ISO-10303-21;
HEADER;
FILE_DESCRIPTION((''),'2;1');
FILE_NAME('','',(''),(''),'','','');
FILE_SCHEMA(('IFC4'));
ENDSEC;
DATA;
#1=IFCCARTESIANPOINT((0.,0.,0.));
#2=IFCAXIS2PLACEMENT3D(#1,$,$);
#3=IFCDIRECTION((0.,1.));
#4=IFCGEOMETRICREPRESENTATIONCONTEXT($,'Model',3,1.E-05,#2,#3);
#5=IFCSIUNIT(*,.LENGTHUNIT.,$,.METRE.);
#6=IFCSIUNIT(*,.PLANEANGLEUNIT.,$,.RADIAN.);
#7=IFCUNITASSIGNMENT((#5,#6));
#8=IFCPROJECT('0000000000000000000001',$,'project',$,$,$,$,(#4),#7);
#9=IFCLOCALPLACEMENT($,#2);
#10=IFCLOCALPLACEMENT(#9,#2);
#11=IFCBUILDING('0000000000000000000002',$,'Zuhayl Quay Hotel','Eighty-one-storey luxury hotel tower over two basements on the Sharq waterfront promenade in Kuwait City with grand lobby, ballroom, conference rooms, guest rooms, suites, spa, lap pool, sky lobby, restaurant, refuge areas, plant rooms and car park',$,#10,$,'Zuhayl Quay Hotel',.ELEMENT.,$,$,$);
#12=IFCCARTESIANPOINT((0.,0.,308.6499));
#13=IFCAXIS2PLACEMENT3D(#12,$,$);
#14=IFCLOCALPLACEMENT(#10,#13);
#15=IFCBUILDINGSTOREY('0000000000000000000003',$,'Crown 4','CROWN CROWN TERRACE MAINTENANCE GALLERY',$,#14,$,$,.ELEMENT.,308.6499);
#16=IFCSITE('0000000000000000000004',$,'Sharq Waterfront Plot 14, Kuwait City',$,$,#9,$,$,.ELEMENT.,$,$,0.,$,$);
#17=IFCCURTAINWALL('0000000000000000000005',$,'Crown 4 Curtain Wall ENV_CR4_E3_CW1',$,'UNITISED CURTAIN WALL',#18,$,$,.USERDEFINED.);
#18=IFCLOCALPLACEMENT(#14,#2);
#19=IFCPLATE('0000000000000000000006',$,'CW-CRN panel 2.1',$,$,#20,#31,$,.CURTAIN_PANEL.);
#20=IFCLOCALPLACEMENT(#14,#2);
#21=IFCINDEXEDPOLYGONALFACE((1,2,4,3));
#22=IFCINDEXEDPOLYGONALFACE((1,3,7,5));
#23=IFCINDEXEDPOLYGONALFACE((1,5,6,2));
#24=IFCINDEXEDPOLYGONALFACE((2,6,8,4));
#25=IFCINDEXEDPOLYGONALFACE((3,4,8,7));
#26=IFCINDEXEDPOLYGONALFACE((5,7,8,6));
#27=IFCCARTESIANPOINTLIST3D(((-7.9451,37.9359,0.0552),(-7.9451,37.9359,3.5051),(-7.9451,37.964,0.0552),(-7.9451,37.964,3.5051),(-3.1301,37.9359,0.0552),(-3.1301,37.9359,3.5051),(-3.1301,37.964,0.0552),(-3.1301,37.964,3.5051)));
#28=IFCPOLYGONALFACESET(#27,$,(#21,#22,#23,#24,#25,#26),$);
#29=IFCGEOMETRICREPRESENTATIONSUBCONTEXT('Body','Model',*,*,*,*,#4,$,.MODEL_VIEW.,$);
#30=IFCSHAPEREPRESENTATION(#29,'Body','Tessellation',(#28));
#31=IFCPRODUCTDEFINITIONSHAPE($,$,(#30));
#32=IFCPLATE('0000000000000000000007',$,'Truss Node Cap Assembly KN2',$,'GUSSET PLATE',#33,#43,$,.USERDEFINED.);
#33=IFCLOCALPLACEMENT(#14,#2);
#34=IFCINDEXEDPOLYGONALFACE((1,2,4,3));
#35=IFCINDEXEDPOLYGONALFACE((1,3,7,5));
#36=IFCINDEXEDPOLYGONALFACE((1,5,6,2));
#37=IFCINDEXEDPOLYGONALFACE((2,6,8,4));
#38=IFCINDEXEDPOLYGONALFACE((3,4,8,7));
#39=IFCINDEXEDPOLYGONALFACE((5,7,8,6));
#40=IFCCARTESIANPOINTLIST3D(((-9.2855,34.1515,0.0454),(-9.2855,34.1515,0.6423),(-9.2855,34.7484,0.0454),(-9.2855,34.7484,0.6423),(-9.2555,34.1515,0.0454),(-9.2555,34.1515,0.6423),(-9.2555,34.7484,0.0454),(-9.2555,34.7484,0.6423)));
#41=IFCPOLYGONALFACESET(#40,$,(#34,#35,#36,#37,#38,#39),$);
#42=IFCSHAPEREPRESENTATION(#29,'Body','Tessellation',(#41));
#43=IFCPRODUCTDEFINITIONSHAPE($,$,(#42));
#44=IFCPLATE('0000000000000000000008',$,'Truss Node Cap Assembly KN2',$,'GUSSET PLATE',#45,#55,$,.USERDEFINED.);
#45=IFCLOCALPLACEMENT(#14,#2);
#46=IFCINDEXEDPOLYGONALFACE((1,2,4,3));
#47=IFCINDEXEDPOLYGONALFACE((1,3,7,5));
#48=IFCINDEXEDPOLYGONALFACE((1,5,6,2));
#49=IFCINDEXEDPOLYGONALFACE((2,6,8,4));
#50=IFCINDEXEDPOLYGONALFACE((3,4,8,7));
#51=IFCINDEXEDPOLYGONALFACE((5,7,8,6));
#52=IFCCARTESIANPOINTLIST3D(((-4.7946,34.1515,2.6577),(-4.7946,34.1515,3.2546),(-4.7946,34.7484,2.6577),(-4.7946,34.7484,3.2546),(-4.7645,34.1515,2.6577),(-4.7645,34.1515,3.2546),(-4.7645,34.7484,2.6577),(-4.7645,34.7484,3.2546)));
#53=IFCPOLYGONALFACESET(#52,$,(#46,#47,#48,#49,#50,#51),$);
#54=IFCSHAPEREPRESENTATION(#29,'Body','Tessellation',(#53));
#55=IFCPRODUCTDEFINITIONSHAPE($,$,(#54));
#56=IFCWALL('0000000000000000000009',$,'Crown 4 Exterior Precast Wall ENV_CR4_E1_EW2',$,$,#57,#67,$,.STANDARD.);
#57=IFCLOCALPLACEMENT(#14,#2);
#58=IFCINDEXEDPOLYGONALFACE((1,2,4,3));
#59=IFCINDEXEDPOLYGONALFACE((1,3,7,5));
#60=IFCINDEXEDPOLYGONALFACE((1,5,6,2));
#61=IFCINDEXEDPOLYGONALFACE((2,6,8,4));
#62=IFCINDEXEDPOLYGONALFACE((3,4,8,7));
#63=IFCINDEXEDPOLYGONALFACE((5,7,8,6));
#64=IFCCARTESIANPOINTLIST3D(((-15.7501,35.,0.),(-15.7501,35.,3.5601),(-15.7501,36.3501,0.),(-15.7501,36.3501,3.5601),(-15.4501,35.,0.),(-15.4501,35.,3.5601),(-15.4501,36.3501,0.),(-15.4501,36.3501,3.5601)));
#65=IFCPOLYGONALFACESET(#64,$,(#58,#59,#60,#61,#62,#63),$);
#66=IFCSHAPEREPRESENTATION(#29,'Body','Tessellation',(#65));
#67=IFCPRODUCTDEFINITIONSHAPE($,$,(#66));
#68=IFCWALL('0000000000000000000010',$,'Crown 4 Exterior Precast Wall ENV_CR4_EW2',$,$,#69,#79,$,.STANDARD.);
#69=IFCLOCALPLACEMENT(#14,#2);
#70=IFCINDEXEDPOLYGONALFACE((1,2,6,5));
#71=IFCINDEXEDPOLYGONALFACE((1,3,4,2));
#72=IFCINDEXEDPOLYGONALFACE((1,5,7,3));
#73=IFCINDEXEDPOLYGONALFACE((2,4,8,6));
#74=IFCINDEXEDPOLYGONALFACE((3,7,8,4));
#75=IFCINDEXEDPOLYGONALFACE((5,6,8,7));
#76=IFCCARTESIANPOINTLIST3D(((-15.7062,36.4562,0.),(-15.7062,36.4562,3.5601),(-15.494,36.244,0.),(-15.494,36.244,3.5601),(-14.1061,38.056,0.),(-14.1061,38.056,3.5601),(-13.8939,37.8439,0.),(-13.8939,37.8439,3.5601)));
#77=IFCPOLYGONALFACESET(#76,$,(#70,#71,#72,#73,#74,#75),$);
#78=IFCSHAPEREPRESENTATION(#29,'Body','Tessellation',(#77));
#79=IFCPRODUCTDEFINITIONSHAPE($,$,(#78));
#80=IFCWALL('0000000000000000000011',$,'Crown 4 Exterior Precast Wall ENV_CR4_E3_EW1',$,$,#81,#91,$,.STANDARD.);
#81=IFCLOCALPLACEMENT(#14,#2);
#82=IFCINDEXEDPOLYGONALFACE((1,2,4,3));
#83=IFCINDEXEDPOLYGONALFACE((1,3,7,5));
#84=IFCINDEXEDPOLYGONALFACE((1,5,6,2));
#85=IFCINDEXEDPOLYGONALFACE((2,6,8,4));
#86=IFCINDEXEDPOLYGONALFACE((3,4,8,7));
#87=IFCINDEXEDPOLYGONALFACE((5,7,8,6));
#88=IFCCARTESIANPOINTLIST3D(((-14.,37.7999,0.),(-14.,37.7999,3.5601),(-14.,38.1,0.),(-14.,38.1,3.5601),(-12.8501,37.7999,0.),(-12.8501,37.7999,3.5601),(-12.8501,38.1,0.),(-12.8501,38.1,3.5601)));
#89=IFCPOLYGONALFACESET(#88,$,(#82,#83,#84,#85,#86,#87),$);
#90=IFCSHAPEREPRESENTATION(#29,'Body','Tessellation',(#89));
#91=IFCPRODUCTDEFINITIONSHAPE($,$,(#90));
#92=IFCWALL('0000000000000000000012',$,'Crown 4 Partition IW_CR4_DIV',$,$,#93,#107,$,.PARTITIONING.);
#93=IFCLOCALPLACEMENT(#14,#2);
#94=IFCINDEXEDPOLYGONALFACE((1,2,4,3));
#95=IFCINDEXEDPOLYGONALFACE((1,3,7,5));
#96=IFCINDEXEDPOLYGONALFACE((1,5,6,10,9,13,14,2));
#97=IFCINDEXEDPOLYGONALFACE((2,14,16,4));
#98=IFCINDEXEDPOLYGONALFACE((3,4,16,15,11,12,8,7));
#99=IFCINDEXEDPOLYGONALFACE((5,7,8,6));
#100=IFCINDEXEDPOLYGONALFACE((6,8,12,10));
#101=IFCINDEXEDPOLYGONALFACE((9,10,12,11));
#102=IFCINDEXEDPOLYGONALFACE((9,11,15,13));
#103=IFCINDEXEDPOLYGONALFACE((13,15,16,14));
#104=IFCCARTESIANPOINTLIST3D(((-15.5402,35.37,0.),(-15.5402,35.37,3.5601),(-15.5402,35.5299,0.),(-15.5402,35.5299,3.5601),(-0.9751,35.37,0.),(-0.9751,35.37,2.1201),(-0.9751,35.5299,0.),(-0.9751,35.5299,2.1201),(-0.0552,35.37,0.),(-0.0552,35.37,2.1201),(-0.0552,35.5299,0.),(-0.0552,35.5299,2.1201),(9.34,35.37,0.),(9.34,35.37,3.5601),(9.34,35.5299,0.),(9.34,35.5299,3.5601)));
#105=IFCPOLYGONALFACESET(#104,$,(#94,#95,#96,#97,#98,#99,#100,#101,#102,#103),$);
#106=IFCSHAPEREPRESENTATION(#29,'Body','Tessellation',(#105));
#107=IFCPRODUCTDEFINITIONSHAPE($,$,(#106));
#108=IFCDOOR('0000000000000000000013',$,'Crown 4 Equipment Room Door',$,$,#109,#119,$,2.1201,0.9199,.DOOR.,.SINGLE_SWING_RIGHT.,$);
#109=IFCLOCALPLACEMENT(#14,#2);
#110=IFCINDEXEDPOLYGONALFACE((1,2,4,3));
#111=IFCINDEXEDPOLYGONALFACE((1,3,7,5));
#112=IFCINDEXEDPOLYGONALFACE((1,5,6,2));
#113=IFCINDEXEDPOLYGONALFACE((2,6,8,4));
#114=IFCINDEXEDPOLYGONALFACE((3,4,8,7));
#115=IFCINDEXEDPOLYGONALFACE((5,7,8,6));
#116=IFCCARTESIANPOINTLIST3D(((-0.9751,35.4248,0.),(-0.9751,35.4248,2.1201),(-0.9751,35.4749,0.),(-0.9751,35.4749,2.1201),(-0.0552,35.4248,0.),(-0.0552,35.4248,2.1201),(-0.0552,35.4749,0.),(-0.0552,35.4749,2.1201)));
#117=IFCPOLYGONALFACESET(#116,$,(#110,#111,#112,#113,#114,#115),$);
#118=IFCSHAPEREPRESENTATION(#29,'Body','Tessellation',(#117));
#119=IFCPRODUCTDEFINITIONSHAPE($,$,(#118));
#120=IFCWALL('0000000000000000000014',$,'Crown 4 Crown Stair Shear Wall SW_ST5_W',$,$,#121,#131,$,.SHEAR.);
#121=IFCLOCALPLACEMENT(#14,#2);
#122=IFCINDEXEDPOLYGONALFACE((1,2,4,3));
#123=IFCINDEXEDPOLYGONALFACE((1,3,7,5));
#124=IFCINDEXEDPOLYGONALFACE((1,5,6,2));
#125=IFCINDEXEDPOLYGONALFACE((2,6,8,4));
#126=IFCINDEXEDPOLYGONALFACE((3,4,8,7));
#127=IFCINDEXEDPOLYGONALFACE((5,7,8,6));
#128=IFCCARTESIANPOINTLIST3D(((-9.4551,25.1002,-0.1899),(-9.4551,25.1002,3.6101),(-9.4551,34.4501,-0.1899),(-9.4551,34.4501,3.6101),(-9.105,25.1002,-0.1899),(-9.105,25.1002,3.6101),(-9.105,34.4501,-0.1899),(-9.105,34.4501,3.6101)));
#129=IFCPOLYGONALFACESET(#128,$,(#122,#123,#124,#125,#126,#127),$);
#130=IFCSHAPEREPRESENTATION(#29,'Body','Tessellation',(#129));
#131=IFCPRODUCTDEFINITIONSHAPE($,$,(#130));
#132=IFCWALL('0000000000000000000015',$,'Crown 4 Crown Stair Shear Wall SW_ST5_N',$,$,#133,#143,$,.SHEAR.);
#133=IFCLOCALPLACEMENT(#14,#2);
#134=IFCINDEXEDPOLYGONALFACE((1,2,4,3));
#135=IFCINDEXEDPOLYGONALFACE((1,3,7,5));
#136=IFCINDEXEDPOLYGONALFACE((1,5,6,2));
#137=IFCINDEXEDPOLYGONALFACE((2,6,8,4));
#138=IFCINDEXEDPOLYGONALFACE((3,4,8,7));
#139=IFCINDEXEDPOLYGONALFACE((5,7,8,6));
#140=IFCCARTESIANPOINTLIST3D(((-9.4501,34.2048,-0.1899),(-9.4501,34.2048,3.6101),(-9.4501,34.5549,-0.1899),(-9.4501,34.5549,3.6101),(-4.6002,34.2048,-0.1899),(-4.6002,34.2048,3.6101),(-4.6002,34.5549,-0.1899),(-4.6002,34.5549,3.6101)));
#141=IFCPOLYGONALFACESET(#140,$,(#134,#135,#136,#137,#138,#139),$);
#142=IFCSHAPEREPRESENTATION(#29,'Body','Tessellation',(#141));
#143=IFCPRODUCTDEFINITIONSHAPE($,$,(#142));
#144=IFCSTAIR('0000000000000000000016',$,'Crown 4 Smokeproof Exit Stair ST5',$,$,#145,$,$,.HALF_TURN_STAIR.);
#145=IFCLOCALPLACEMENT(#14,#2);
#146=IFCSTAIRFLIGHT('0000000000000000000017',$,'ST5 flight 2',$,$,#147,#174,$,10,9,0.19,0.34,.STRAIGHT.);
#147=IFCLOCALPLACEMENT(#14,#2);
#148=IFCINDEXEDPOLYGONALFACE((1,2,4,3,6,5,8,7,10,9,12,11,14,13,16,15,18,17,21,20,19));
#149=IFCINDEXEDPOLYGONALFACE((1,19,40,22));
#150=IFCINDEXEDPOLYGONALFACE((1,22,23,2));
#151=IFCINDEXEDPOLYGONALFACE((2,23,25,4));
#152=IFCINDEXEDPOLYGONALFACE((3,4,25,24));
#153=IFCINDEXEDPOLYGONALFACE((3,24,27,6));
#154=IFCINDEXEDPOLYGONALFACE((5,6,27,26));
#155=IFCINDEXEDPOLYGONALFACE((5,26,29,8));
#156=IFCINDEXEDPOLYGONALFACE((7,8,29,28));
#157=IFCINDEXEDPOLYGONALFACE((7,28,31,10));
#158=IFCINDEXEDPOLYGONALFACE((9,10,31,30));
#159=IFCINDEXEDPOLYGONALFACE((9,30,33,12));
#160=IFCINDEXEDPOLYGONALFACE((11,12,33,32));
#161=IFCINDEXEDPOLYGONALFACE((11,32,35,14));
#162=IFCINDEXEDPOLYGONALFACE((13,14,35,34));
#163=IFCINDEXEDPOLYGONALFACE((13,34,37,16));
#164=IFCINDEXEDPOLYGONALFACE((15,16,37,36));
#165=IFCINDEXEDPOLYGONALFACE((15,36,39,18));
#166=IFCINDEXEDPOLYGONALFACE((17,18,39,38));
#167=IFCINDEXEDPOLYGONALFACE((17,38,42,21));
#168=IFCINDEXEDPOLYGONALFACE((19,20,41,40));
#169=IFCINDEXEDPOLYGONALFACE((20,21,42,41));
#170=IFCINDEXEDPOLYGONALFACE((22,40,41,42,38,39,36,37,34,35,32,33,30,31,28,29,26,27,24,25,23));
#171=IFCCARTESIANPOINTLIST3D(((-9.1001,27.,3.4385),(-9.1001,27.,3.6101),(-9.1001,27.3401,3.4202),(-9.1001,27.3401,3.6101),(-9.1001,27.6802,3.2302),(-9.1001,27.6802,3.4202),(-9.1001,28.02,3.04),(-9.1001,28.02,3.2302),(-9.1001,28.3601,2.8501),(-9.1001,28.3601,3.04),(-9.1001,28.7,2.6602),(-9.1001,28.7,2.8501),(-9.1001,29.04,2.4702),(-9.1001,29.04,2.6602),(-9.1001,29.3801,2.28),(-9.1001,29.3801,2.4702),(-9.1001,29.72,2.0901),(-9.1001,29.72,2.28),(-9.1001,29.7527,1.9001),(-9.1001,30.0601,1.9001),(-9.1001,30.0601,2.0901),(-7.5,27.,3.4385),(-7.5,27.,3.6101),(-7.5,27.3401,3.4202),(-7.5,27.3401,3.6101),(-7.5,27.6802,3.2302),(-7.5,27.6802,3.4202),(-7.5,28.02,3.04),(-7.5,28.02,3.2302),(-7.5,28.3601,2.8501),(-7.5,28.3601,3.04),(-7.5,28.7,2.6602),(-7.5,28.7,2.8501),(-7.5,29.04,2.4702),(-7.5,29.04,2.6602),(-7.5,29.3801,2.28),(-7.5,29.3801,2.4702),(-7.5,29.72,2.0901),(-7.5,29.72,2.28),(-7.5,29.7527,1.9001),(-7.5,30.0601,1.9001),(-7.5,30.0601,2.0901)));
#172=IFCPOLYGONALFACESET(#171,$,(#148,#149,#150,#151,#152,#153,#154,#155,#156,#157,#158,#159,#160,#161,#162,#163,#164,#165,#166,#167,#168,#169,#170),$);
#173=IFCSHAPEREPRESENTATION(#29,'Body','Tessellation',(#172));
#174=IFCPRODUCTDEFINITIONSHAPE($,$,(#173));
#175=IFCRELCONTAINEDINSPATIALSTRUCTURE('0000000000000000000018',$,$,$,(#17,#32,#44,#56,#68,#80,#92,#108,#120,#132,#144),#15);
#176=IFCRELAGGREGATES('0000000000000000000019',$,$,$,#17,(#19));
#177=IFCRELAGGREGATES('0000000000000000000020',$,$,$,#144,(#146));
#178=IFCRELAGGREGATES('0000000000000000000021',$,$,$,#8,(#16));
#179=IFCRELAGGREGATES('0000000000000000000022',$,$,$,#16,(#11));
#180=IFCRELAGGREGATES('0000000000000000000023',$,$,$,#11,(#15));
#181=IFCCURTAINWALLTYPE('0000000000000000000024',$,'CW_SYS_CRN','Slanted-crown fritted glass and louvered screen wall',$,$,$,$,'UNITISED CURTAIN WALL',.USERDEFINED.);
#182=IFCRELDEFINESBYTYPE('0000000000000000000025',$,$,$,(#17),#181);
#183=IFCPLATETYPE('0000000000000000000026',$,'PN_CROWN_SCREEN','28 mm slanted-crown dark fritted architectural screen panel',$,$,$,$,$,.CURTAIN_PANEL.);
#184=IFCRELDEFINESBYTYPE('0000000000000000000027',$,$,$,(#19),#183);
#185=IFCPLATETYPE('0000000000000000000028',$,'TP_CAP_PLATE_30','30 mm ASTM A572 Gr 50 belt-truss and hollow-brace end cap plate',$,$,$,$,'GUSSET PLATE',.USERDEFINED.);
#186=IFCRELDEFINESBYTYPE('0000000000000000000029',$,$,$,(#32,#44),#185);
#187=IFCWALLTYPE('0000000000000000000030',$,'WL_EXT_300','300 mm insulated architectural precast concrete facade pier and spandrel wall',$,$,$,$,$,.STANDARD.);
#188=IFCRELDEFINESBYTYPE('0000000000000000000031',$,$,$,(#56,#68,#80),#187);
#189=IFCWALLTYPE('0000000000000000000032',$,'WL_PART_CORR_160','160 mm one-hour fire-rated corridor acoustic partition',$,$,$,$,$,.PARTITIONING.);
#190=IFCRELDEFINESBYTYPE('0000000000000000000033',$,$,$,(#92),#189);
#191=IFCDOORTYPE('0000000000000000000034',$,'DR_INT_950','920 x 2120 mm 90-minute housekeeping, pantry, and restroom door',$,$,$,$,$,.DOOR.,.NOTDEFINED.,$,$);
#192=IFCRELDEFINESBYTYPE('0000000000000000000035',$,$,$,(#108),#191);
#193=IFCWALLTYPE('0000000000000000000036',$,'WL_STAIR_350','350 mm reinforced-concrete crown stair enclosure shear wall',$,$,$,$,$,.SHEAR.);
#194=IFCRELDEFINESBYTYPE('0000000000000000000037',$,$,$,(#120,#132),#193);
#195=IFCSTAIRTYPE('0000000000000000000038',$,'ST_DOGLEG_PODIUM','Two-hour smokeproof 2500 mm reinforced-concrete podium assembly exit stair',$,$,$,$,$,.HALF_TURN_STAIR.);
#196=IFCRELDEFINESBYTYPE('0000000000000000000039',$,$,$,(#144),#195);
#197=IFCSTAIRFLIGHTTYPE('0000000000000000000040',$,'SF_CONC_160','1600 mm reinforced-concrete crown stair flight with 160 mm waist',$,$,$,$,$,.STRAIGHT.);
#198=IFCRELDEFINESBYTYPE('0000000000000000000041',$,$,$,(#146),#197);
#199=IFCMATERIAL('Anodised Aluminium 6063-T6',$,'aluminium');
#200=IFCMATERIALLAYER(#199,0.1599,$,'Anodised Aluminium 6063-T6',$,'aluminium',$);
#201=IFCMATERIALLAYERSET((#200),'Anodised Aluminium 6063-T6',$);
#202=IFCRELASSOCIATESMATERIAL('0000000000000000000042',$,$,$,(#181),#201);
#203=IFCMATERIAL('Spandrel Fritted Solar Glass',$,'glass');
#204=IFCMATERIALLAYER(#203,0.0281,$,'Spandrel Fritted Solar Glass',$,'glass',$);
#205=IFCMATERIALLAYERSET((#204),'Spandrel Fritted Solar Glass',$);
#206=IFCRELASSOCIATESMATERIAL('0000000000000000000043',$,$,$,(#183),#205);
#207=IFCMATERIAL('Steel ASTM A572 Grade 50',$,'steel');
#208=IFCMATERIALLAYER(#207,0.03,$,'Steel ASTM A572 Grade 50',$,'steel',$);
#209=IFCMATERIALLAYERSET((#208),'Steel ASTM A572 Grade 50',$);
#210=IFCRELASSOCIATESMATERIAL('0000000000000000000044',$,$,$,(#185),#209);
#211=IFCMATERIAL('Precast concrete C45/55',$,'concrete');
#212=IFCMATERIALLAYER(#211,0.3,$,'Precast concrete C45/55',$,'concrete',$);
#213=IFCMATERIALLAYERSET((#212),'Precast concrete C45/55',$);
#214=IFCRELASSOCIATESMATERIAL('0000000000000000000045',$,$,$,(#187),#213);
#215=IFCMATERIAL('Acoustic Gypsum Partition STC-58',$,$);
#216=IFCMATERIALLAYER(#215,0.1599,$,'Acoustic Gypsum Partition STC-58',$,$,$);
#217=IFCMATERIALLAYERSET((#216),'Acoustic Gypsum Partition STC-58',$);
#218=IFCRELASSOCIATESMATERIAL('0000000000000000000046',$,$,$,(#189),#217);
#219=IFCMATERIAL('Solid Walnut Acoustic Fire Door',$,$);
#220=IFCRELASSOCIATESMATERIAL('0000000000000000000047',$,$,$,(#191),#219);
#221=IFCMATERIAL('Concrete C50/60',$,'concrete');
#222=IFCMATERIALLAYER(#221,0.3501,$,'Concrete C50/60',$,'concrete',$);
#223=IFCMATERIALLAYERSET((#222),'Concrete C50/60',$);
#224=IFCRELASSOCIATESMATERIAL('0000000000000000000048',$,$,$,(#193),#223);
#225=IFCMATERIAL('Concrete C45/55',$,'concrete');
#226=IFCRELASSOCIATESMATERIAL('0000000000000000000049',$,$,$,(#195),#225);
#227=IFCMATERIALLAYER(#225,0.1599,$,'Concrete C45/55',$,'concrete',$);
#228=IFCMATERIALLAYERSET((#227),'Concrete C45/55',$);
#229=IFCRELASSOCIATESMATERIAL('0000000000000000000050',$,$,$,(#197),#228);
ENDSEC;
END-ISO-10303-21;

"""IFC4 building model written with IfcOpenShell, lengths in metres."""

from ifc_helpers import new_model, si_unit, direction, frame, frame_2d, origin, origin_2d, place, context, subcontext, project, spatial, polyline, rectangle, outline, extrude, material, layer, layer_set, type_object, element, fill, aggregate, save


model = new_model("IFC4")

# Units and contexts
model_context = context("Model", 3, precision=1e-05, world=origin(), true_north=direction((0.0, 1.0)))
body_context = subcontext(model_context, "Body", "Model", "MODEL_VIEW")
ifc_project = project(units=[si_unit("LENGTHUNIT", "METRE"), si_unit("PLANEANGLEUNIT", "RADIAN")], contexts=[model_context])

# Site, building, storey
site_placement = place(None, origin())
site = spatial("IfcSite", under=ifc_project, at=site_placement, Name="Sharq Waterfront Plot 14, Kuwait City", CompositionType="ELEMENT", RefElevation=0.0)
building_placement = place(site_placement, origin())
building = spatial("IfcBuilding", under=site, at=building_placement, Name="Zuhayl Quay Hotel", Description="Eighty-one-storey luxury hotel tower over two basements on the Sharq waterfront promenade in Kuwait City with grand lobby, ballroom, conference rooms, guest rooms, suites, spa, lap pool, sky lobby, restaurant, refuge areas, plant rooms and car park", LongName="Zuhayl Quay Hotel", CompositionType="ELEMENT")
storey_placement = place(building_placement, frame((0.0, 0.0, 308.6499)))
storey = spatial("IfcBuildingStorey", under=building, at=storey_placement, Name="Crown 4", Description="CROWN CROWN TERRACE MAINTENANCE GALLERY", CompositionType="ELEMENT", Elevation=308.6499)

# Curtain wall
ifc_material_1 = material(Name="Anodised Aluminium 6063-T6", Category="aluminium")
ifc_layer_1 = layer(ifc_material_1, 0.1599, Name="Anodised Aluminium 6063-T6", Category="aluminium")
ifc_layer_set_1 = layer_set([ifc_layer_1], Name="Anodised Aluminium 6063-T6")
curtain_wall_type = type_object("IfcCurtainWallType", Name="CW_SYS_CRN", Description="Slanted-crown fritted glass and louvered screen wall", ElementType="UNITISED CURTAIN WALL", PredefinedType="USERDEFINED", material=ifc_layer_set_1)
curtain_wall_1_placement = place(storey_placement, origin())
curtain_wall_1 = element("IfcCurtainWall", 1, at=curtain_wall_1_placement, inside=storey, type_object=curtain_wall_type, Name="Crown 4 Curtain Wall ENV_CR4_E3_CW1", ObjectType="UNITISED CURTAIN WALL", PredefinedType="USERDEFINED")

# Plate
ifc_material_2 = material(Name="Spandrel Fritted Solar Glass", Category="glass")
ifc_layer_2 = layer(ifc_material_2, 0.0281, Name="Spandrel Fritted Solar Glass", Category="glass")
ifc_layer_set_2 = layer_set([ifc_layer_2], Name="Spandrel Fritted Solar Glass")
plate_type_1 = type_object("IfcPlateType", Name="PN_CROWN_SCREEN", Description="28 mm slanted-crown dark fritted architectural screen panel", PredefinedType="CURTAIN_PANEL", material=ifc_layer_set_2)
plate_1_placement = place(storey_placement, frame((-5.5376, 37.95, 0.0552), z_axis=(0.0, 0.0, 1.0), x_axis=(1.0, 0.0, 0.0)))
plate_1 = element("IfcPlate", 2, at=plate_1_placement, type_object=plate_type_1, Name="CW-CRN panel 2.1", PredefinedType="CURTAIN_PANEL", context=body_context, shape_type="SweptSolid", body=[
    extrude(rectangle(XDim=4.8149, YDim=0.0281, at=origin_2d()), origin(), (0.0, 0.0, 1.0), 3.45),
])
aggregate(curtain_wall_1, [plate_1])

# Plates
ifc_material_3 = material(Name="Steel ASTM A572 Grade 50", Category="steel")
ifc_layer_3 = layer(ifc_material_3, 0.03, Name="Steel ASTM A572 Grade 50", Category="steel")
ifc_layer_set_3 = layer_set([ifc_layer_3], Name="Steel ASTM A572 Grade 50")
plate_type_2 = type_object("IfcPlateType", Name="TP_CAP_PLATE_30", Description="30 mm ASTM A572 Gr 50 belt-truss and hollow-brace end cap plate", ElementType="GUSSET PLATE", PredefinedType="USERDEFINED", material=ifc_layer_set_3)
for number, where, z_axis, x_axis, name in (
    (3, (-9.2705, 34.45, 0.0454), (0.0, 0.0, 1.0), (-1.0, 0.0, 0.0), "Truss Node Cap Assembly KN2"),
    (4, (-4.7795, 34.45, 2.6577), (0.0, 0.0, 1.0), (1.0, 0.0, 0.0), "Truss Node Cap Assembly KN2"),
):
    element("IfcPlate", number, at=place(storey_placement, frame(where, z_axis=z_axis, x_axis=x_axis)), inside=storey, type_object=plate_type_2, Name=name, ObjectType="GUSSET PLATE", PredefinedType="USERDEFINED", context=body_context, shape_type="SweptSolid", body=[
        extrude(rectangle(XDim=0.03, YDim=0.5969, at=origin_2d()), origin(), (0.0, 0.0, 1.0), 0.5969),
    ])

# Walls
ifc_material_4 = material(Name="Precast concrete C45/55", Category="concrete")
ifc_layer_4 = layer(ifc_material_4, 0.3, Name="Precast concrete C45/55", Category="concrete")
ifc_layer_set_4 = layer_set([ifc_layer_4], Name="Precast concrete C45/55")
wall_type_1 = type_object("IfcWallType", Name="WL_EXT_300", Description="300 mm insulated architectural precast concrete facade pier and spandrel wall", PredefinedType="STANDARD", material=ifc_layer_set_4)
wall_1_placement = place(storey_placement, frame((-15.6001, 35.0, 0.0), z_axis=(0.0, 0.0, 1.0), x_axis=(0.0, 1.0, 0.0)))
element("IfcWall", 5, at=wall_1_placement, inside=storey, type_object=wall_type_1, Name="Crown 4 Exterior Precast Wall ENV_CR4_E1_EW2", PredefinedType="STANDARD", context=body_context, shape_type="SweptSolid", body=[
    extrude(rectangle(XDim=1.3501, YDim=0.3, at=frame_2d((0.675, 0.0))), origin(), (0.0, 0.0, 1.0), 3.5601),
])
wall_2_placement = place(storey_placement, frame((-15.6001, 36.3501, 0.0), z_axis=(0.0, 0.0, 1.0), x_axis=(0.707161, 0.707053, 0.0)))
element("IfcWall", 6, at=wall_2_placement, inside=storey, type_object=wall_type_1, Name="Crown 4 Exterior Precast Wall ENV_CR4_EW2", PredefinedType="STANDARD", context=body_context, shape_type="SweptSolid", body=[
    extrude(rectangle(XDim=2.2627, YDim=0.3, at=frame_2d((1.1313, 0.0))), origin(), (0.0, 0.0, 1.0), 3.5601),
])
wall_3_placement = place(storey_placement, frame((-14.0, 37.95, 0.0), z_axis=(0.0, 0.0, 1.0), x_axis=(1.0, 0.0, 0.0)))
element("IfcWall", 7, at=wall_3_placement, inside=storey, type_object=wall_type_1, Name="Crown 4 Exterior Precast Wall ENV_CR4_E3_EW1", PredefinedType="STANDARD", context=body_context, shape_type="SweptSolid", body=[
    extrude(rectangle(XDim=1.1499, YDim=0.3, at=frame_2d((0.575, 0.0))), origin(), (0.0, 0.0, 1.0), 3.5601),
])

# Wall, opening, door
ifc_material_5 = material(Name="Acoustic Gypsum Partition STC-58")
ifc_layer_5 = layer(ifc_material_5, 0.1599, Name="Acoustic Gypsum Partition STC-58")
ifc_layer_set_5 = layer_set([ifc_layer_5], Name="Acoustic Gypsum Partition STC-58")
wall_type_2 = type_object("IfcWallType", Name="WL_PART_CORR_160", Description="160 mm one-hour fire-rated corridor acoustic partition", PredefinedType="PARTITIONING", material=ifc_layer_set_5)
wall_4_placement = place(storey_placement, frame((-15.54, 35.45, 0.0), z_axis=(0.0, 0.0, 1.0), x_axis=(1.0, 0.0, 0.0)))
wall_4 = element("IfcWall", 8, at=wall_4_placement, inside=storey, type_object=wall_type_2, Name="Crown 4 Partition IW_CR4_DIV", PredefinedType="PARTITIONING", context=body_context, shape_type="SweptSolid", body=[
    extrude(rectangle(XDim=24.8801, YDim=0.1599, at=frame_2d((12.4399, 0.0))), origin(), (0.0, 0.0, 1.0), 3.5601),
])
opening_placement = place(wall_4_placement, frame((14.5649, 0.0, 0.0)))
opening = element("IfcOpeningElement", 9, at=opening_placement, cuts=wall_4, PredefinedType="OPENING", context=body_context, shape_type="SweptSolid", body=[
    extrude(rectangle(XDim=0.9199, YDim=2.1201, at=frame_2d((0.46, 1.0601))), frame((0.0, 0.0898, 0.0), z_axis=(0.0, -1.0, 0.0), x_axis=(1.0, 0.0, 0.0)), (0.0, 0.0, 1.0), 0.1799),
])
ifc_material_6 = material(Name="Solid Walnut Acoustic Fire Door")
door_type = type_object("IfcDoorType", Name="DR_INT_950", Description="920 x 2120 mm 90-minute housekeeping, pantry, and restroom door", OperationType="NOTDEFINED", PredefinedType="DOOR", material=ifc_material_6)
door_placement = place(opening_placement, origin())
door = element("IfcDoor", 10, at=door_placement, inside=storey, type_object=door_type, Name="Crown 4 Equipment Room Door", OperationType="SINGLE_SWING_RIGHT", OverallHeight=2.1201, OverallWidth=0.9199, PredefinedType="DOOR", context=body_context, shape_type="SweptSolid", body=[
    extrude(rectangle(XDim=0.9199, YDim=2.1201, at=frame_2d((0.46, 1.0601))), frame((0.0, 0.0249, 0.0), z_axis=(0.0, -1.0, 0.0), x_axis=(1.0, 0.0, 0.0)), (0.0, 0.0, 1.0), 0.05),
])
fill(opening, door)

# Walls
ifc_material_7 = material(Name="Concrete C50/60", Category="concrete")
ifc_layer_6 = layer(ifc_material_7, 0.3501, Name="Concrete C50/60", Category="concrete")
ifc_layer_set_6 = layer_set([ifc_layer_6], Name="Concrete C50/60")
wall_type_3 = type_object("IfcWallType", Name="WL_STAIR_350", Description="350 mm reinforced-concrete crown stair enclosure shear wall", PredefinedType="SHEAR", material=ifc_layer_set_6)
wall_5_placement = place(storey_placement, frame((-9.28, 34.45, -0.1899), z_axis=(0.0, 0.0, 1.0), x_axis=(0.0, -1.0, 0.0)))
element("IfcWall", 11, at=wall_5_placement, inside=storey, type_object=wall_type_3, Name="Crown 4 Crown Stair Shear Wall SW_ST5_W", PredefinedType="SHEAR", context=body_context, shape_type="SweptSolid", body=[
    extrude(rectangle(XDim=9.3499, YDim=0.3501, at=frame_2d((4.6748, 0.0))), origin(), (0.0, 0.0, 1.0), 3.8),
])
wall_6_placement = place(storey_placement, frame((-9.45, 34.3799, -0.1899), z_axis=(0.0, 0.0, 1.0), x_axis=(1.0, 0.0, 0.0)))
element("IfcWall", 12, at=wall_6_placement, inside=storey, type_object=wall_type_3, Name="Crown 4 Crown Stair Shear Wall SW_ST5_N", PredefinedType="SHEAR", context=body_context, shape_type="SweptSolid", body=[
    extrude(rectangle(XDim=4.8499, YDim=0.3501, at=frame_2d((2.4248, 0.0))), origin(), (0.0, 0.0, 1.0), 3.8),
])

# Stair, stair flight
ifc_material_8 = material(Name="Concrete C45/55", Category="concrete")
stair_type = type_object("IfcStairType", Name="ST_DOGLEG_PODIUM", Description="Two-hour smokeproof 2500 mm reinforced-concrete podium assembly exit stair", PredefinedType="HALF_TURN_STAIR", material=ifc_material_8)
stair_placement = place(storey_placement, origin())
stair = element("IfcStair", 13, at=stair_placement, inside=storey, type_object=stair_type, Name="Crown 4 Smokeproof Exit Stair ST5", PredefinedType="HALF_TURN_STAIR")
ifc_layer_7 = layer(ifc_material_8, 0.1599, Name="Concrete C45/55", Category="concrete")
ifc_layer_set_7 = layer_set([ifc_layer_7], Name="Concrete C45/55")
stair_flight_type = type_object("IfcStairFlightType", Name="SF_CONC_160", Description="1600 mm reinforced-concrete crown stair flight with 160 mm waist", PredefinedType="STRAIGHT", material=ifc_layer_set_7)
stair_flight_placement = place(storey_placement, frame((-8.3, 30.0601, 1.9001), z_axis=(0.0, 0.0, 1.0), x_axis=(0.0, -1.0, 0.0)))
stair_flight = element("IfcStairFlight", 14, at=stair_flight_placement, type_object=stair_flight_type, Name="ST5 flight 2", NumberOfRisers=10, NumberOfTreads=9, PredefinedType="STRAIGHT", RiserHeight=0.19, TreadLength=0.34, context=body_context, shape_type="SweptSolid", body=[
    extrude(outline(polyline([(0.0, 0.0), (0.0, 0.1899), (0.3401, 0.1899), (0.3401, 0.3799), (0.6799, 0.3799), (0.6799, 0.5701), (1.02, 0.5701), (1.02, 0.76), (1.3601, 0.76), (1.3601, 0.95), (1.7, 0.95), (1.7, 1.1399), (2.04, 1.1399), (2.04, 1.3301), (2.3799, 1.3301), (2.3799, 1.52), (2.72, 1.52), (2.72, 1.71), (3.0601, 1.71), (3.0601, 1.8999), (3.0601, 1.5383), (0.3074, 0.0), (0.0, 0.0)])), frame((0.0, 0.8, 0.0), z_axis=(0.0, -1.0, 0.0), x_axis=(1.0, 0.0, 0.0)), (0.0, 0.0, 1.0), 1.6001),
])
aggregate(stair, [stair_flight])

save(model, "model.ifc")
